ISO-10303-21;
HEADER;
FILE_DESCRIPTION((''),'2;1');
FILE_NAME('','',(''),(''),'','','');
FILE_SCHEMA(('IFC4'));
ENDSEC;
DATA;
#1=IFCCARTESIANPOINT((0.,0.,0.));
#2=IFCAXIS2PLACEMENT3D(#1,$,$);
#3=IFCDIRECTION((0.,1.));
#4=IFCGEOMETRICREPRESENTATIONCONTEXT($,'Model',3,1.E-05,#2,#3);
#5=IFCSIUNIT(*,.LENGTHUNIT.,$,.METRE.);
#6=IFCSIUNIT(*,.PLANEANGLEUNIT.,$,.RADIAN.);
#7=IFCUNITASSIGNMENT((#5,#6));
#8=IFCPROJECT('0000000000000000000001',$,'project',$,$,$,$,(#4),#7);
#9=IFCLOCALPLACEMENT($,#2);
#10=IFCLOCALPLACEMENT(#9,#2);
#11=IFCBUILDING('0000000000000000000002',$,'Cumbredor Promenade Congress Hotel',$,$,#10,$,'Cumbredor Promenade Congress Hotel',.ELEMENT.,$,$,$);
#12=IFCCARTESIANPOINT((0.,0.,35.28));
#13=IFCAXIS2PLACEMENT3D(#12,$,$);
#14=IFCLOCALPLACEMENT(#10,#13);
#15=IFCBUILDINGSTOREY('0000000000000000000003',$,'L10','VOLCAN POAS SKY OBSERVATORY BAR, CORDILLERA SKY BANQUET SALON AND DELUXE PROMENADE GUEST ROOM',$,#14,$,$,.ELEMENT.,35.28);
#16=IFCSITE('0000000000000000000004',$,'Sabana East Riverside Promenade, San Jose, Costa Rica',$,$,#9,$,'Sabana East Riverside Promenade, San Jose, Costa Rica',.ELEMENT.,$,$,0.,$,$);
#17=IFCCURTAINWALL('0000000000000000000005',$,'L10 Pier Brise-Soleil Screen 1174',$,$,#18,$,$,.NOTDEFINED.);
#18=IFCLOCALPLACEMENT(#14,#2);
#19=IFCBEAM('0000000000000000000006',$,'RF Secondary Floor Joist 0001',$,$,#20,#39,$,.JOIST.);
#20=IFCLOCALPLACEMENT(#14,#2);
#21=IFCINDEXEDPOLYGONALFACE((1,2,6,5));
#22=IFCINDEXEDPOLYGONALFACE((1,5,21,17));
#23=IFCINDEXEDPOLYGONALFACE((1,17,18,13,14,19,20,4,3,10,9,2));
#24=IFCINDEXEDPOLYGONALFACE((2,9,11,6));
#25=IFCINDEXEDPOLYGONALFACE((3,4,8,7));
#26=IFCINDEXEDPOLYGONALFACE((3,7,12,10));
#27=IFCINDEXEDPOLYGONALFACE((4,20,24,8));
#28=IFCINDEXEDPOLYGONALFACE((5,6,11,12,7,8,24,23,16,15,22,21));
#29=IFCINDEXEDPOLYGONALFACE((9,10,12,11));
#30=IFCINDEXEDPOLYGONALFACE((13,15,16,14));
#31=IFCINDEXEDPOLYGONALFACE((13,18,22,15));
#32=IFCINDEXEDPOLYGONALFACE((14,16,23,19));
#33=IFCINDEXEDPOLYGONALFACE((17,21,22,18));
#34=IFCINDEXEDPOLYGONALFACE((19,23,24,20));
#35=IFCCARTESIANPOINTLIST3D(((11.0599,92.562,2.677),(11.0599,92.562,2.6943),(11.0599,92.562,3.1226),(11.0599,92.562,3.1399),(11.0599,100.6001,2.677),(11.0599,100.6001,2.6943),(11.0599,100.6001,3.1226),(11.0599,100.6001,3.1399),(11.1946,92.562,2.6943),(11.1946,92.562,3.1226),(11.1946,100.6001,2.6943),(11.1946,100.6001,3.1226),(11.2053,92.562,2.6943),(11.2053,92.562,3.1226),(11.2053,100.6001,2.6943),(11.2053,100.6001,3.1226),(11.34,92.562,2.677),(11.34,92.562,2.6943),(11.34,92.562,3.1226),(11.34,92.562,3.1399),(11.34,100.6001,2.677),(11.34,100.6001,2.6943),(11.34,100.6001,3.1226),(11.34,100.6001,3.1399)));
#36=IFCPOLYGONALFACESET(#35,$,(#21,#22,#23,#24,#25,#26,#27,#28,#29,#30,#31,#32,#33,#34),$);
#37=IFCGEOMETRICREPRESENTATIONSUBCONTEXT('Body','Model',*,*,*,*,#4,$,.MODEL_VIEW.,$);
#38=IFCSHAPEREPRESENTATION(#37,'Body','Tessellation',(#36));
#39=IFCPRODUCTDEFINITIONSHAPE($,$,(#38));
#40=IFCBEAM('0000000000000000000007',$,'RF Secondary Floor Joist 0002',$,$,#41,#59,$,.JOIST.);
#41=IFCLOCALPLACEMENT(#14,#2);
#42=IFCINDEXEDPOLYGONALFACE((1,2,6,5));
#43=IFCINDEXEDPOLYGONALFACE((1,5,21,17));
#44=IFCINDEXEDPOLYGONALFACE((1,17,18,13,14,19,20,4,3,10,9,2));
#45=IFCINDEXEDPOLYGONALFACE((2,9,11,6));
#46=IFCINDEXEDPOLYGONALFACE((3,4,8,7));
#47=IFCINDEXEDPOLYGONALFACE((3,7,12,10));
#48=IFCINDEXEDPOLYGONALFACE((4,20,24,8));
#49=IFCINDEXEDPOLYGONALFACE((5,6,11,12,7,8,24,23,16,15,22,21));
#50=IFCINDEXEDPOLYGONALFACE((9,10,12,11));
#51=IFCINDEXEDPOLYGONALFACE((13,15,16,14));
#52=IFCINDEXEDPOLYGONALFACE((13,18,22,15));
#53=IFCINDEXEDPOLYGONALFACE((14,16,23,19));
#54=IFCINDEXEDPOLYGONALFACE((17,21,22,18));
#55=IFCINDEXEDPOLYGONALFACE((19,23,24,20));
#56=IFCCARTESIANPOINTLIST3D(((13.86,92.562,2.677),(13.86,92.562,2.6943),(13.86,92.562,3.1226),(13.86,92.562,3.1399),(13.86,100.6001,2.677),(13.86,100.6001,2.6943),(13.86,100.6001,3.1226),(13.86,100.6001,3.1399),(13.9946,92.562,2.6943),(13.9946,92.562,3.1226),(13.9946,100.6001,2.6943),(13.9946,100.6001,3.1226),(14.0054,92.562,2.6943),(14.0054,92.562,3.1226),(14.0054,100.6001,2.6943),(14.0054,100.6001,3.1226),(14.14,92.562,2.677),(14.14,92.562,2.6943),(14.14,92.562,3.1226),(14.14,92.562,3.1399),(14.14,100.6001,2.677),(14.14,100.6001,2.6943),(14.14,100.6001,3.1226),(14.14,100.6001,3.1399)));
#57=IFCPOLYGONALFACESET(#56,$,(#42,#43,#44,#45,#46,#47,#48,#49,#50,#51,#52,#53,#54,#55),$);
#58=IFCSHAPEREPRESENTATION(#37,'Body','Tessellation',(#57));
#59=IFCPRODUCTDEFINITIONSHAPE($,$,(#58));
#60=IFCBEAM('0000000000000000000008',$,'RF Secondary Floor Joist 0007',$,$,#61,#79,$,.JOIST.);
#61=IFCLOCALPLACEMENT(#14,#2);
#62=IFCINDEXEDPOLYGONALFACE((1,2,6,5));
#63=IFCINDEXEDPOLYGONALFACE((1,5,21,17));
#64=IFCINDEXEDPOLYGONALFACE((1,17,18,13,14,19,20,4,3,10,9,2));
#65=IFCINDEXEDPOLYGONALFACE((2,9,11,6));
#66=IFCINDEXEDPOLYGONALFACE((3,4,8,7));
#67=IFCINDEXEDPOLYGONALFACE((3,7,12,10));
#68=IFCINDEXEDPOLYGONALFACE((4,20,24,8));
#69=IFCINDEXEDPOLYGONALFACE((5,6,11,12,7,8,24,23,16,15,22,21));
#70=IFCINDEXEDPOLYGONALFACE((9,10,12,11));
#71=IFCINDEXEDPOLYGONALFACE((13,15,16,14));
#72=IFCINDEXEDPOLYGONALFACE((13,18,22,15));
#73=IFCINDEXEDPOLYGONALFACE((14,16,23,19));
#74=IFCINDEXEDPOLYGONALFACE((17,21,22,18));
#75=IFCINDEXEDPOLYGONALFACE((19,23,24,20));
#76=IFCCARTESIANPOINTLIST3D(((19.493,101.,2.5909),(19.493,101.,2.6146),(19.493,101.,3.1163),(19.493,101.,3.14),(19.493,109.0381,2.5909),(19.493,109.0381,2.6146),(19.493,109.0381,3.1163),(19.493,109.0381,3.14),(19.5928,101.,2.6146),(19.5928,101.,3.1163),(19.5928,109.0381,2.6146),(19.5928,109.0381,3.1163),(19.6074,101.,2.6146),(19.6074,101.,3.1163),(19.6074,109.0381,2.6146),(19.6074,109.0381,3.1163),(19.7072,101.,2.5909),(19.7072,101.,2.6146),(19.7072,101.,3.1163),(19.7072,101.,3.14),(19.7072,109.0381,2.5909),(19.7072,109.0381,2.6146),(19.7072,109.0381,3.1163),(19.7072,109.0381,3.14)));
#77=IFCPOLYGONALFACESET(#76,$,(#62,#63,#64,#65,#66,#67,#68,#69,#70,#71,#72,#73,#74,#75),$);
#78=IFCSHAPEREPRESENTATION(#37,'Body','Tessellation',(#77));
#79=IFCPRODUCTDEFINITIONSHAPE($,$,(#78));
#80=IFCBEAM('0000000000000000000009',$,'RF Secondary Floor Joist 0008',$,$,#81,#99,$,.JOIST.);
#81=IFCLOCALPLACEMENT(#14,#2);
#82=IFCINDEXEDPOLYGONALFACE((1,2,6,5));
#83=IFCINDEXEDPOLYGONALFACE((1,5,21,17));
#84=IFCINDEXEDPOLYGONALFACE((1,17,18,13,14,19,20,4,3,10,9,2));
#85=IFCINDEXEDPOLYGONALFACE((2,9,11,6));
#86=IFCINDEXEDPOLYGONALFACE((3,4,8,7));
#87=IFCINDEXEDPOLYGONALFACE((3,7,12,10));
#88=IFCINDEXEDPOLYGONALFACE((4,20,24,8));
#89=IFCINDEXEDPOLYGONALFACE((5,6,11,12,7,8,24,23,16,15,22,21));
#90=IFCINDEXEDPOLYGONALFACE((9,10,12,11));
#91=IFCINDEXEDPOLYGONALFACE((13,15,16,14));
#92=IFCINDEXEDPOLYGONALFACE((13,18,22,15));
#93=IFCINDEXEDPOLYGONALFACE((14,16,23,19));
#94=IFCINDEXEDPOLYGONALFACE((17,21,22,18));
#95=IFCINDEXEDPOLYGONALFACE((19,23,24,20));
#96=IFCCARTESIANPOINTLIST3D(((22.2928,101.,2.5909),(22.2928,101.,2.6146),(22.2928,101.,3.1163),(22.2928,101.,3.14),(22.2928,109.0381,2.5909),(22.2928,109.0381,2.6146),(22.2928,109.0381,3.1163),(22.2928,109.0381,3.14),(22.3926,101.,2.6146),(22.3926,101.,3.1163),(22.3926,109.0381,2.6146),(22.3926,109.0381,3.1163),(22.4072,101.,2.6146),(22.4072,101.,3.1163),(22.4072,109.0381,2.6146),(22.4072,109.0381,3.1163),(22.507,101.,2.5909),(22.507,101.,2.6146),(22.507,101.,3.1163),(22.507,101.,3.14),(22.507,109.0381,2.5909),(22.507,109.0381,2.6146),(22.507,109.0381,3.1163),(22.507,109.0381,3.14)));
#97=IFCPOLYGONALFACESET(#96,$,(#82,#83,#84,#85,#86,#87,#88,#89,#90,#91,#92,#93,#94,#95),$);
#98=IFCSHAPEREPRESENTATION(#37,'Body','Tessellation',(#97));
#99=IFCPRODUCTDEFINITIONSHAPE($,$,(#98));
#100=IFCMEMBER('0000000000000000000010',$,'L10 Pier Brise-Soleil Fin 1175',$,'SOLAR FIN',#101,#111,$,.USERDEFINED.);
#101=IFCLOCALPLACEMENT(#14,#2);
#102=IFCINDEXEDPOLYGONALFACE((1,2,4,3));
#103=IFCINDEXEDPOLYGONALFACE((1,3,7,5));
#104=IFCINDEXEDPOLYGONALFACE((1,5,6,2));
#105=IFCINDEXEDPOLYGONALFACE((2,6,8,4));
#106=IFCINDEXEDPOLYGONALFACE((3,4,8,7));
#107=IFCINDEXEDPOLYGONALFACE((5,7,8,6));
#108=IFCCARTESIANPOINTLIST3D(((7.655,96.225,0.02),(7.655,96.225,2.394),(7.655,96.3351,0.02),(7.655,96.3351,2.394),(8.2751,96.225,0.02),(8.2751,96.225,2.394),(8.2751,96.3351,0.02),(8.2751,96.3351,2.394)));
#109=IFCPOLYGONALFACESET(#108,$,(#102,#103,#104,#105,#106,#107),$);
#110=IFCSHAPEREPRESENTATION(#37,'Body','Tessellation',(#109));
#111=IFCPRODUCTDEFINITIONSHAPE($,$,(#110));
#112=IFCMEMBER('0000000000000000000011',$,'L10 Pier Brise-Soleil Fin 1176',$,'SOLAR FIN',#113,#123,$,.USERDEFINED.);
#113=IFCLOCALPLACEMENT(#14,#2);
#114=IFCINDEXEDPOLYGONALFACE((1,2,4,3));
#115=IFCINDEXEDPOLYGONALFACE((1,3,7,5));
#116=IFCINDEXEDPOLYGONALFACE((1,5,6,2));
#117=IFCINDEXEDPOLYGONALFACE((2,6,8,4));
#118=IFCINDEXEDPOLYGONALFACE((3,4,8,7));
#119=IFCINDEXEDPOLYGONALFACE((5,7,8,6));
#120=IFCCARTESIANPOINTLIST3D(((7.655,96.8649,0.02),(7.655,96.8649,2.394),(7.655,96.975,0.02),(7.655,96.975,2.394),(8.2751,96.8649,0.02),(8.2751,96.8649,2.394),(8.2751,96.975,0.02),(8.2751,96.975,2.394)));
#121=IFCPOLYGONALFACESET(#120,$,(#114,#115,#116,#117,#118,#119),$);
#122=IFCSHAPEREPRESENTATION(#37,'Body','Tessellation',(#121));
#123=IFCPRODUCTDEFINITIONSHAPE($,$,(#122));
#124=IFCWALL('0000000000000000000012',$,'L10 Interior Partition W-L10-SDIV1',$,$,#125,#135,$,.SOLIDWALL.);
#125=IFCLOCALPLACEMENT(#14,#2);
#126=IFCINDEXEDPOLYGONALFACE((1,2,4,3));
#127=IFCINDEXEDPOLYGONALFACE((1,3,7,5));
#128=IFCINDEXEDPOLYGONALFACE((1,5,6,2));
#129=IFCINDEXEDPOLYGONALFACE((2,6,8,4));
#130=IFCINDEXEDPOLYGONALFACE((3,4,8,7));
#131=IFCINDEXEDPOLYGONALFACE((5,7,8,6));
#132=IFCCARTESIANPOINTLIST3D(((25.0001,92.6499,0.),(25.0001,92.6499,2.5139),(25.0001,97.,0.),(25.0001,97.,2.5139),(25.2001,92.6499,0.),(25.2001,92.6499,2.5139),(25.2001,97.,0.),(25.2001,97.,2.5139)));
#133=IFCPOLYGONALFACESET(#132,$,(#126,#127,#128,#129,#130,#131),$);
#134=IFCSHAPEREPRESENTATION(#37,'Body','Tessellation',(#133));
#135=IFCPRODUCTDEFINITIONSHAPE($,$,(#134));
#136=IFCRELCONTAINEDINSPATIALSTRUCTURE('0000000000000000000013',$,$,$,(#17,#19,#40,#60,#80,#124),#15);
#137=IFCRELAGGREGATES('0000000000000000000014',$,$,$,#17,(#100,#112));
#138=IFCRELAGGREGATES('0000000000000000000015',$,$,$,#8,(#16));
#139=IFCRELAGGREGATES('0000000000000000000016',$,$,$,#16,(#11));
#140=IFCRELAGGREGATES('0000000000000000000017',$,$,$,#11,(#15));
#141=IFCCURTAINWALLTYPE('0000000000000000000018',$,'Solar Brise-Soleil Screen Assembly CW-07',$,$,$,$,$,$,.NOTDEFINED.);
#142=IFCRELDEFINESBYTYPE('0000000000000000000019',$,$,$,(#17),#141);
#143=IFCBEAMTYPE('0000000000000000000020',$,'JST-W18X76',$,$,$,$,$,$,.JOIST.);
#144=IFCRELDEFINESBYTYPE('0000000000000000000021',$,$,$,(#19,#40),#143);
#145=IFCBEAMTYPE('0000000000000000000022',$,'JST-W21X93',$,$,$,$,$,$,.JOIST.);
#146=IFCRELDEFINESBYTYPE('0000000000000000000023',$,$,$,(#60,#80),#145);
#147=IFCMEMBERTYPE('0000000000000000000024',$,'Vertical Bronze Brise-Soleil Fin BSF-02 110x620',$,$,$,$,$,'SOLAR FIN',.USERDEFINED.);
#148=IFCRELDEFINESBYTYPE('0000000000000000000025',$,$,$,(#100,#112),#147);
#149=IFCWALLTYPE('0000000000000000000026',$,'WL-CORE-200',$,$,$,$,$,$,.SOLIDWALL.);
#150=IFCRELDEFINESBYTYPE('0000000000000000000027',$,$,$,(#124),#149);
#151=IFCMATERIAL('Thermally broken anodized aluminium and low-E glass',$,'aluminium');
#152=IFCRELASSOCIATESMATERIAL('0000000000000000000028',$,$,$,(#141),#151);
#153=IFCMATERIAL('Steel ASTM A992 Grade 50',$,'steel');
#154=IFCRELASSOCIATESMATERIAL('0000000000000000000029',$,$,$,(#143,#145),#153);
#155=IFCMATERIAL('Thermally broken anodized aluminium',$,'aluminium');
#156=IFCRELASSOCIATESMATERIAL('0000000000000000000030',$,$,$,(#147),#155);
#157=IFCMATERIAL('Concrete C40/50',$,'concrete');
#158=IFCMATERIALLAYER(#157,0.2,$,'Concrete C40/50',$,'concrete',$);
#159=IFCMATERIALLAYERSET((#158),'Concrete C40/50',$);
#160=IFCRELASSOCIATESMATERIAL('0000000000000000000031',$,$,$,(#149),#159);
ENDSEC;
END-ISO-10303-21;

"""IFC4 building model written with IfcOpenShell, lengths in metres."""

from ifc_helpers import new_model, si_unit, direction, frame, frame_2d, origin, origin_2d, place, context, subcontext, project, spatial, rectangle, i_section, extrude, material, layer, layer_set, material_profile, profile_set, type_object, element, aggregate, save


model = new_model("IFC4")

# Units and contexts
model_context = context("Model", 3, precision=1e-05, world=origin(), true_north=direction((0.0, 1.0)))
body_context = subcontext(model_context, "Body", "Model", "MODEL_VIEW")
ifc_project = project(units=[si_unit("LENGTHUNIT", "METRE"), si_unit("PLANEANGLEUNIT", "RADIAN")], contexts=[model_context])

# Site, building, storey
site_placement = place(None, origin())
site = spatial("IfcSite", under=ifc_project, at=site_placement, Name="Sabana East Riverside Promenade, San Jose, Costa Rica", LongName="Sabana East Riverside Promenade, San Jose, Costa Rica", CompositionType="ELEMENT", RefElevation=0.0)
building_placement = place(site_placement, origin())
building = spatial("IfcBuilding", under=site, at=building_placement, Name="Cumbredor Promenade Congress Hotel", LongName="Cumbredor Promenade Congress Hotel", CompositionType="ELEMENT")
storey_placement = place(building_placement, frame((0.0, 0.0, 35.28)))
storey = spatial("IfcBuildingStorey", under=building, at=storey_placement, Name="L10", Description="VOLCAN POAS SKY OBSERVATORY BAR, CORDILLERA SKY BANQUET SALON AND DELUXE PROMENADE GUEST ROOM", CompositionType="ELEMENT", Elevation=35.28)

# Shared definitions
ifc_material_1 = material(Name="Concrete C40/50", Category="concrete")

# Curtain wall
ifc_material_2 = material(Name="Thermally broken anodized aluminium and low-E glass", Category="aluminium")
curtain_wall_type = type_object("IfcCurtainWallType", Name="Solar Brise-Soleil Screen Assembly CW-07", PredefinedType="NOTDEFINED", material=ifc_material_2)
curtain_wall_placement = place(storey_placement, origin())
curtain_wall = element("IfcCurtainWall", 1, at=curtain_wall_placement, inside=storey, type_object=curtain_wall_type, Name="L10 Pier Brise-Soleil Screen 1174", PredefinedType="NOTDEFINED")
ifc_material_3 = material(Name="Thermally broken anodized aluminium", Category="aluminium")

# Beams
ifc_material_4 = material(Name="Steel ASTM A992 Grade 50", Category="steel")
ifc_material_profile_1 = material_profile(ifc_material_4, i_section(OverallWidth=0.28, OverallDepth=0.4629, WebThickness=0.0107, FlangeThickness=0.0173, at=origin_2d()), Name="W18X76")
ifc_profile_set_1 = profile_set([ifc_material_profile_1], Name="Steel ASTM A992 Grade 50")
beam_type_1 = type_object("IfcBeamType", Name="JST-W18X76", PredefinedType="JOIST", material=ifc_profile_set_1)
for number, where, z_axis, x_axis, name in (
    (2, (11.2, 92.562, 2.9084), (0.0, 1.0, 0.0), (-1.0, 0.0, 0.0), "RF Secondary Floor Joist 0001"),
    (3, (14.0, 92.562, 2.9084), (0.0, 1.0, 0.0), (-1.0, 0.0, 0.0), "RF Secondary Floor Joist 0002"),
):
    element("IfcBeam", number, at=place(storey_placement, frame(where, z_axis=z_axis, x_axis=x_axis)), inside=storey, type_object=beam_type_1, Name=name, PredefinedType="JOIST", context=body_context, shape_type="SweptSolid", body=[
        extrude(i_section(OverallWidth=0.28, OverallDepth=0.4629, WebThickness=0.0107, FlangeThickness=0.0173, at=origin_2d()), origin(), (0.0, 0.0, 1.0), 8.0381),
    ])
ifc_material_profile_2 = material_profile(ifc_material_4, i_section(OverallWidth=0.2141, OverallDepth=0.5491, WebThickness=0.0146, FlangeThickness=0.0237, at=origin_2d()), Name="W21X93")
ifc_profile_set_2 = profile_set([ifc_material_profile_2], Name="Steel ASTM A992 Grade 50")
beam_type_2 = type_object("IfcBeamType", Name="JST-W21X93", PredefinedType="JOIST", material=ifc_profile_set_2)
for number, where, z_axis, x_axis, name in (
    (4, (19.6001, 101.0, 2.8655), (0.0, 1.0, 0.0), (-1.0, 0.0, 0.0), "RF Secondary Floor Joist 0007"),
    (5, (22.3999, 101.0, 2.8655), (0.0, 1.0, 0.0), (-1.0, 0.0, 0.0), "RF Secondary Floor Joist 0008"),
):
    element("IfcBeam", number, at=place(storey_placement, frame(where, z_axis=z_axis, x_axis=x_axis)), inside=storey, type_object=beam_type_2, Name=name, PredefinedType="JOIST", context=body_context, shape_type="SweptSolid", body=[
        extrude(i_section(OverallWidth=0.2141, OverallDepth=0.5491, WebThickness=0.0146, FlangeThickness=0.0237, at=origin_2d()), origin(), (0.0, 0.0, 1.0), 8.0381),
    ])

# Members
ifc_material_profile_3 = material_profile(ifc_material_3, rectangle(XDim=0.1101, YDim=0.6201, at=origin_2d()), Name="ARCH FIN 110x620")
ifc_profile_set_3 = profile_set([ifc_material_profile_3], Name="Thermally broken anodized aluminium")
member_type_1 = type_object("IfcMemberType", Name="Vertical Bronze Brise-Soleil Fin BSF-02 110x620", ElementType="SOLAR FIN", PredefinedType="USERDEFINED", material=ifc_profile_set_3)
member_1_placement = place(storey_placement, frame((7.9651, 96.28, 0.02), z_axis=(0.0, 0.0, 1.0), x_axis=(0.0, 1.0, 0.0)))
member_1 = element("IfcMember", 6, at=member_1_placement, type_object=member_type_1, Name="L10 Pier Brise-Soleil Fin 1175", ObjectType="SOLAR FIN", PredefinedType="USERDEFINED", context=body_context, shape_type="SweptSolid", body=[
    extrude(rectangle(XDim=0.1101, YDim=0.6201, at=origin_2d()), origin(), (0.0, 0.0, 1.0), 2.374),
])
member_2_placement = place(storey_placement, frame((7.9651, 96.9199, 0.02), z_axis=(0.0, 0.0, 1.0), x_axis=(0.0, 1.0, 0.0)))
member_2 = element("IfcMember", 7, at=member_2_placement, type_object=member_type_1, Name="L10 Pier Brise-Soleil Fin 1176", ObjectType="SOLAR FIN", PredefinedType="USERDEFINED", context=body_context, shape_type="SweptSolid", body=[
    extrude(rectangle(XDim=0.1101, YDim=0.6201, at=origin_2d()), origin(), (0.0, 0.0, 1.0), 2.374),
])
aggregate(curtain_wall, [member_1, member_2])

# Wall
ifc_layer_1 = layer(ifc_material_1, 0.2, Name="Concrete C40/50", Category="concrete")
ifc_layer_set_1 = layer_set([ifc_layer_1], Name="Concrete C40/50")
wall_type_1 = type_object("IfcWallType", Name="WL-CORE-200", PredefinedType="SOLIDWALL", material=ifc_layer_set_1)
wall_1_placement = place(storey_placement, frame((25.1001, 92.6499, 0.0), z_axis=(0.0, 0.0, 1.0), x_axis=(0.0, 1.0, 0.0)))
element("IfcWall", 8, at=wall_1_placement, inside=storey, type_object=wall_type_1, Name="L10 Interior Partition W-L10-SDIV1", PredefinedType="SOLIDWALL", context=body_context, shape_type="SweptSolid", body=[
    extrude(rectangle(XDim=4.3501, YDim=0.2, at=frame_2d((2.175, 0.0))), origin(), (0.0, 0.0, 1.0), 2.5139),
])

save(model, "model.ifc")
